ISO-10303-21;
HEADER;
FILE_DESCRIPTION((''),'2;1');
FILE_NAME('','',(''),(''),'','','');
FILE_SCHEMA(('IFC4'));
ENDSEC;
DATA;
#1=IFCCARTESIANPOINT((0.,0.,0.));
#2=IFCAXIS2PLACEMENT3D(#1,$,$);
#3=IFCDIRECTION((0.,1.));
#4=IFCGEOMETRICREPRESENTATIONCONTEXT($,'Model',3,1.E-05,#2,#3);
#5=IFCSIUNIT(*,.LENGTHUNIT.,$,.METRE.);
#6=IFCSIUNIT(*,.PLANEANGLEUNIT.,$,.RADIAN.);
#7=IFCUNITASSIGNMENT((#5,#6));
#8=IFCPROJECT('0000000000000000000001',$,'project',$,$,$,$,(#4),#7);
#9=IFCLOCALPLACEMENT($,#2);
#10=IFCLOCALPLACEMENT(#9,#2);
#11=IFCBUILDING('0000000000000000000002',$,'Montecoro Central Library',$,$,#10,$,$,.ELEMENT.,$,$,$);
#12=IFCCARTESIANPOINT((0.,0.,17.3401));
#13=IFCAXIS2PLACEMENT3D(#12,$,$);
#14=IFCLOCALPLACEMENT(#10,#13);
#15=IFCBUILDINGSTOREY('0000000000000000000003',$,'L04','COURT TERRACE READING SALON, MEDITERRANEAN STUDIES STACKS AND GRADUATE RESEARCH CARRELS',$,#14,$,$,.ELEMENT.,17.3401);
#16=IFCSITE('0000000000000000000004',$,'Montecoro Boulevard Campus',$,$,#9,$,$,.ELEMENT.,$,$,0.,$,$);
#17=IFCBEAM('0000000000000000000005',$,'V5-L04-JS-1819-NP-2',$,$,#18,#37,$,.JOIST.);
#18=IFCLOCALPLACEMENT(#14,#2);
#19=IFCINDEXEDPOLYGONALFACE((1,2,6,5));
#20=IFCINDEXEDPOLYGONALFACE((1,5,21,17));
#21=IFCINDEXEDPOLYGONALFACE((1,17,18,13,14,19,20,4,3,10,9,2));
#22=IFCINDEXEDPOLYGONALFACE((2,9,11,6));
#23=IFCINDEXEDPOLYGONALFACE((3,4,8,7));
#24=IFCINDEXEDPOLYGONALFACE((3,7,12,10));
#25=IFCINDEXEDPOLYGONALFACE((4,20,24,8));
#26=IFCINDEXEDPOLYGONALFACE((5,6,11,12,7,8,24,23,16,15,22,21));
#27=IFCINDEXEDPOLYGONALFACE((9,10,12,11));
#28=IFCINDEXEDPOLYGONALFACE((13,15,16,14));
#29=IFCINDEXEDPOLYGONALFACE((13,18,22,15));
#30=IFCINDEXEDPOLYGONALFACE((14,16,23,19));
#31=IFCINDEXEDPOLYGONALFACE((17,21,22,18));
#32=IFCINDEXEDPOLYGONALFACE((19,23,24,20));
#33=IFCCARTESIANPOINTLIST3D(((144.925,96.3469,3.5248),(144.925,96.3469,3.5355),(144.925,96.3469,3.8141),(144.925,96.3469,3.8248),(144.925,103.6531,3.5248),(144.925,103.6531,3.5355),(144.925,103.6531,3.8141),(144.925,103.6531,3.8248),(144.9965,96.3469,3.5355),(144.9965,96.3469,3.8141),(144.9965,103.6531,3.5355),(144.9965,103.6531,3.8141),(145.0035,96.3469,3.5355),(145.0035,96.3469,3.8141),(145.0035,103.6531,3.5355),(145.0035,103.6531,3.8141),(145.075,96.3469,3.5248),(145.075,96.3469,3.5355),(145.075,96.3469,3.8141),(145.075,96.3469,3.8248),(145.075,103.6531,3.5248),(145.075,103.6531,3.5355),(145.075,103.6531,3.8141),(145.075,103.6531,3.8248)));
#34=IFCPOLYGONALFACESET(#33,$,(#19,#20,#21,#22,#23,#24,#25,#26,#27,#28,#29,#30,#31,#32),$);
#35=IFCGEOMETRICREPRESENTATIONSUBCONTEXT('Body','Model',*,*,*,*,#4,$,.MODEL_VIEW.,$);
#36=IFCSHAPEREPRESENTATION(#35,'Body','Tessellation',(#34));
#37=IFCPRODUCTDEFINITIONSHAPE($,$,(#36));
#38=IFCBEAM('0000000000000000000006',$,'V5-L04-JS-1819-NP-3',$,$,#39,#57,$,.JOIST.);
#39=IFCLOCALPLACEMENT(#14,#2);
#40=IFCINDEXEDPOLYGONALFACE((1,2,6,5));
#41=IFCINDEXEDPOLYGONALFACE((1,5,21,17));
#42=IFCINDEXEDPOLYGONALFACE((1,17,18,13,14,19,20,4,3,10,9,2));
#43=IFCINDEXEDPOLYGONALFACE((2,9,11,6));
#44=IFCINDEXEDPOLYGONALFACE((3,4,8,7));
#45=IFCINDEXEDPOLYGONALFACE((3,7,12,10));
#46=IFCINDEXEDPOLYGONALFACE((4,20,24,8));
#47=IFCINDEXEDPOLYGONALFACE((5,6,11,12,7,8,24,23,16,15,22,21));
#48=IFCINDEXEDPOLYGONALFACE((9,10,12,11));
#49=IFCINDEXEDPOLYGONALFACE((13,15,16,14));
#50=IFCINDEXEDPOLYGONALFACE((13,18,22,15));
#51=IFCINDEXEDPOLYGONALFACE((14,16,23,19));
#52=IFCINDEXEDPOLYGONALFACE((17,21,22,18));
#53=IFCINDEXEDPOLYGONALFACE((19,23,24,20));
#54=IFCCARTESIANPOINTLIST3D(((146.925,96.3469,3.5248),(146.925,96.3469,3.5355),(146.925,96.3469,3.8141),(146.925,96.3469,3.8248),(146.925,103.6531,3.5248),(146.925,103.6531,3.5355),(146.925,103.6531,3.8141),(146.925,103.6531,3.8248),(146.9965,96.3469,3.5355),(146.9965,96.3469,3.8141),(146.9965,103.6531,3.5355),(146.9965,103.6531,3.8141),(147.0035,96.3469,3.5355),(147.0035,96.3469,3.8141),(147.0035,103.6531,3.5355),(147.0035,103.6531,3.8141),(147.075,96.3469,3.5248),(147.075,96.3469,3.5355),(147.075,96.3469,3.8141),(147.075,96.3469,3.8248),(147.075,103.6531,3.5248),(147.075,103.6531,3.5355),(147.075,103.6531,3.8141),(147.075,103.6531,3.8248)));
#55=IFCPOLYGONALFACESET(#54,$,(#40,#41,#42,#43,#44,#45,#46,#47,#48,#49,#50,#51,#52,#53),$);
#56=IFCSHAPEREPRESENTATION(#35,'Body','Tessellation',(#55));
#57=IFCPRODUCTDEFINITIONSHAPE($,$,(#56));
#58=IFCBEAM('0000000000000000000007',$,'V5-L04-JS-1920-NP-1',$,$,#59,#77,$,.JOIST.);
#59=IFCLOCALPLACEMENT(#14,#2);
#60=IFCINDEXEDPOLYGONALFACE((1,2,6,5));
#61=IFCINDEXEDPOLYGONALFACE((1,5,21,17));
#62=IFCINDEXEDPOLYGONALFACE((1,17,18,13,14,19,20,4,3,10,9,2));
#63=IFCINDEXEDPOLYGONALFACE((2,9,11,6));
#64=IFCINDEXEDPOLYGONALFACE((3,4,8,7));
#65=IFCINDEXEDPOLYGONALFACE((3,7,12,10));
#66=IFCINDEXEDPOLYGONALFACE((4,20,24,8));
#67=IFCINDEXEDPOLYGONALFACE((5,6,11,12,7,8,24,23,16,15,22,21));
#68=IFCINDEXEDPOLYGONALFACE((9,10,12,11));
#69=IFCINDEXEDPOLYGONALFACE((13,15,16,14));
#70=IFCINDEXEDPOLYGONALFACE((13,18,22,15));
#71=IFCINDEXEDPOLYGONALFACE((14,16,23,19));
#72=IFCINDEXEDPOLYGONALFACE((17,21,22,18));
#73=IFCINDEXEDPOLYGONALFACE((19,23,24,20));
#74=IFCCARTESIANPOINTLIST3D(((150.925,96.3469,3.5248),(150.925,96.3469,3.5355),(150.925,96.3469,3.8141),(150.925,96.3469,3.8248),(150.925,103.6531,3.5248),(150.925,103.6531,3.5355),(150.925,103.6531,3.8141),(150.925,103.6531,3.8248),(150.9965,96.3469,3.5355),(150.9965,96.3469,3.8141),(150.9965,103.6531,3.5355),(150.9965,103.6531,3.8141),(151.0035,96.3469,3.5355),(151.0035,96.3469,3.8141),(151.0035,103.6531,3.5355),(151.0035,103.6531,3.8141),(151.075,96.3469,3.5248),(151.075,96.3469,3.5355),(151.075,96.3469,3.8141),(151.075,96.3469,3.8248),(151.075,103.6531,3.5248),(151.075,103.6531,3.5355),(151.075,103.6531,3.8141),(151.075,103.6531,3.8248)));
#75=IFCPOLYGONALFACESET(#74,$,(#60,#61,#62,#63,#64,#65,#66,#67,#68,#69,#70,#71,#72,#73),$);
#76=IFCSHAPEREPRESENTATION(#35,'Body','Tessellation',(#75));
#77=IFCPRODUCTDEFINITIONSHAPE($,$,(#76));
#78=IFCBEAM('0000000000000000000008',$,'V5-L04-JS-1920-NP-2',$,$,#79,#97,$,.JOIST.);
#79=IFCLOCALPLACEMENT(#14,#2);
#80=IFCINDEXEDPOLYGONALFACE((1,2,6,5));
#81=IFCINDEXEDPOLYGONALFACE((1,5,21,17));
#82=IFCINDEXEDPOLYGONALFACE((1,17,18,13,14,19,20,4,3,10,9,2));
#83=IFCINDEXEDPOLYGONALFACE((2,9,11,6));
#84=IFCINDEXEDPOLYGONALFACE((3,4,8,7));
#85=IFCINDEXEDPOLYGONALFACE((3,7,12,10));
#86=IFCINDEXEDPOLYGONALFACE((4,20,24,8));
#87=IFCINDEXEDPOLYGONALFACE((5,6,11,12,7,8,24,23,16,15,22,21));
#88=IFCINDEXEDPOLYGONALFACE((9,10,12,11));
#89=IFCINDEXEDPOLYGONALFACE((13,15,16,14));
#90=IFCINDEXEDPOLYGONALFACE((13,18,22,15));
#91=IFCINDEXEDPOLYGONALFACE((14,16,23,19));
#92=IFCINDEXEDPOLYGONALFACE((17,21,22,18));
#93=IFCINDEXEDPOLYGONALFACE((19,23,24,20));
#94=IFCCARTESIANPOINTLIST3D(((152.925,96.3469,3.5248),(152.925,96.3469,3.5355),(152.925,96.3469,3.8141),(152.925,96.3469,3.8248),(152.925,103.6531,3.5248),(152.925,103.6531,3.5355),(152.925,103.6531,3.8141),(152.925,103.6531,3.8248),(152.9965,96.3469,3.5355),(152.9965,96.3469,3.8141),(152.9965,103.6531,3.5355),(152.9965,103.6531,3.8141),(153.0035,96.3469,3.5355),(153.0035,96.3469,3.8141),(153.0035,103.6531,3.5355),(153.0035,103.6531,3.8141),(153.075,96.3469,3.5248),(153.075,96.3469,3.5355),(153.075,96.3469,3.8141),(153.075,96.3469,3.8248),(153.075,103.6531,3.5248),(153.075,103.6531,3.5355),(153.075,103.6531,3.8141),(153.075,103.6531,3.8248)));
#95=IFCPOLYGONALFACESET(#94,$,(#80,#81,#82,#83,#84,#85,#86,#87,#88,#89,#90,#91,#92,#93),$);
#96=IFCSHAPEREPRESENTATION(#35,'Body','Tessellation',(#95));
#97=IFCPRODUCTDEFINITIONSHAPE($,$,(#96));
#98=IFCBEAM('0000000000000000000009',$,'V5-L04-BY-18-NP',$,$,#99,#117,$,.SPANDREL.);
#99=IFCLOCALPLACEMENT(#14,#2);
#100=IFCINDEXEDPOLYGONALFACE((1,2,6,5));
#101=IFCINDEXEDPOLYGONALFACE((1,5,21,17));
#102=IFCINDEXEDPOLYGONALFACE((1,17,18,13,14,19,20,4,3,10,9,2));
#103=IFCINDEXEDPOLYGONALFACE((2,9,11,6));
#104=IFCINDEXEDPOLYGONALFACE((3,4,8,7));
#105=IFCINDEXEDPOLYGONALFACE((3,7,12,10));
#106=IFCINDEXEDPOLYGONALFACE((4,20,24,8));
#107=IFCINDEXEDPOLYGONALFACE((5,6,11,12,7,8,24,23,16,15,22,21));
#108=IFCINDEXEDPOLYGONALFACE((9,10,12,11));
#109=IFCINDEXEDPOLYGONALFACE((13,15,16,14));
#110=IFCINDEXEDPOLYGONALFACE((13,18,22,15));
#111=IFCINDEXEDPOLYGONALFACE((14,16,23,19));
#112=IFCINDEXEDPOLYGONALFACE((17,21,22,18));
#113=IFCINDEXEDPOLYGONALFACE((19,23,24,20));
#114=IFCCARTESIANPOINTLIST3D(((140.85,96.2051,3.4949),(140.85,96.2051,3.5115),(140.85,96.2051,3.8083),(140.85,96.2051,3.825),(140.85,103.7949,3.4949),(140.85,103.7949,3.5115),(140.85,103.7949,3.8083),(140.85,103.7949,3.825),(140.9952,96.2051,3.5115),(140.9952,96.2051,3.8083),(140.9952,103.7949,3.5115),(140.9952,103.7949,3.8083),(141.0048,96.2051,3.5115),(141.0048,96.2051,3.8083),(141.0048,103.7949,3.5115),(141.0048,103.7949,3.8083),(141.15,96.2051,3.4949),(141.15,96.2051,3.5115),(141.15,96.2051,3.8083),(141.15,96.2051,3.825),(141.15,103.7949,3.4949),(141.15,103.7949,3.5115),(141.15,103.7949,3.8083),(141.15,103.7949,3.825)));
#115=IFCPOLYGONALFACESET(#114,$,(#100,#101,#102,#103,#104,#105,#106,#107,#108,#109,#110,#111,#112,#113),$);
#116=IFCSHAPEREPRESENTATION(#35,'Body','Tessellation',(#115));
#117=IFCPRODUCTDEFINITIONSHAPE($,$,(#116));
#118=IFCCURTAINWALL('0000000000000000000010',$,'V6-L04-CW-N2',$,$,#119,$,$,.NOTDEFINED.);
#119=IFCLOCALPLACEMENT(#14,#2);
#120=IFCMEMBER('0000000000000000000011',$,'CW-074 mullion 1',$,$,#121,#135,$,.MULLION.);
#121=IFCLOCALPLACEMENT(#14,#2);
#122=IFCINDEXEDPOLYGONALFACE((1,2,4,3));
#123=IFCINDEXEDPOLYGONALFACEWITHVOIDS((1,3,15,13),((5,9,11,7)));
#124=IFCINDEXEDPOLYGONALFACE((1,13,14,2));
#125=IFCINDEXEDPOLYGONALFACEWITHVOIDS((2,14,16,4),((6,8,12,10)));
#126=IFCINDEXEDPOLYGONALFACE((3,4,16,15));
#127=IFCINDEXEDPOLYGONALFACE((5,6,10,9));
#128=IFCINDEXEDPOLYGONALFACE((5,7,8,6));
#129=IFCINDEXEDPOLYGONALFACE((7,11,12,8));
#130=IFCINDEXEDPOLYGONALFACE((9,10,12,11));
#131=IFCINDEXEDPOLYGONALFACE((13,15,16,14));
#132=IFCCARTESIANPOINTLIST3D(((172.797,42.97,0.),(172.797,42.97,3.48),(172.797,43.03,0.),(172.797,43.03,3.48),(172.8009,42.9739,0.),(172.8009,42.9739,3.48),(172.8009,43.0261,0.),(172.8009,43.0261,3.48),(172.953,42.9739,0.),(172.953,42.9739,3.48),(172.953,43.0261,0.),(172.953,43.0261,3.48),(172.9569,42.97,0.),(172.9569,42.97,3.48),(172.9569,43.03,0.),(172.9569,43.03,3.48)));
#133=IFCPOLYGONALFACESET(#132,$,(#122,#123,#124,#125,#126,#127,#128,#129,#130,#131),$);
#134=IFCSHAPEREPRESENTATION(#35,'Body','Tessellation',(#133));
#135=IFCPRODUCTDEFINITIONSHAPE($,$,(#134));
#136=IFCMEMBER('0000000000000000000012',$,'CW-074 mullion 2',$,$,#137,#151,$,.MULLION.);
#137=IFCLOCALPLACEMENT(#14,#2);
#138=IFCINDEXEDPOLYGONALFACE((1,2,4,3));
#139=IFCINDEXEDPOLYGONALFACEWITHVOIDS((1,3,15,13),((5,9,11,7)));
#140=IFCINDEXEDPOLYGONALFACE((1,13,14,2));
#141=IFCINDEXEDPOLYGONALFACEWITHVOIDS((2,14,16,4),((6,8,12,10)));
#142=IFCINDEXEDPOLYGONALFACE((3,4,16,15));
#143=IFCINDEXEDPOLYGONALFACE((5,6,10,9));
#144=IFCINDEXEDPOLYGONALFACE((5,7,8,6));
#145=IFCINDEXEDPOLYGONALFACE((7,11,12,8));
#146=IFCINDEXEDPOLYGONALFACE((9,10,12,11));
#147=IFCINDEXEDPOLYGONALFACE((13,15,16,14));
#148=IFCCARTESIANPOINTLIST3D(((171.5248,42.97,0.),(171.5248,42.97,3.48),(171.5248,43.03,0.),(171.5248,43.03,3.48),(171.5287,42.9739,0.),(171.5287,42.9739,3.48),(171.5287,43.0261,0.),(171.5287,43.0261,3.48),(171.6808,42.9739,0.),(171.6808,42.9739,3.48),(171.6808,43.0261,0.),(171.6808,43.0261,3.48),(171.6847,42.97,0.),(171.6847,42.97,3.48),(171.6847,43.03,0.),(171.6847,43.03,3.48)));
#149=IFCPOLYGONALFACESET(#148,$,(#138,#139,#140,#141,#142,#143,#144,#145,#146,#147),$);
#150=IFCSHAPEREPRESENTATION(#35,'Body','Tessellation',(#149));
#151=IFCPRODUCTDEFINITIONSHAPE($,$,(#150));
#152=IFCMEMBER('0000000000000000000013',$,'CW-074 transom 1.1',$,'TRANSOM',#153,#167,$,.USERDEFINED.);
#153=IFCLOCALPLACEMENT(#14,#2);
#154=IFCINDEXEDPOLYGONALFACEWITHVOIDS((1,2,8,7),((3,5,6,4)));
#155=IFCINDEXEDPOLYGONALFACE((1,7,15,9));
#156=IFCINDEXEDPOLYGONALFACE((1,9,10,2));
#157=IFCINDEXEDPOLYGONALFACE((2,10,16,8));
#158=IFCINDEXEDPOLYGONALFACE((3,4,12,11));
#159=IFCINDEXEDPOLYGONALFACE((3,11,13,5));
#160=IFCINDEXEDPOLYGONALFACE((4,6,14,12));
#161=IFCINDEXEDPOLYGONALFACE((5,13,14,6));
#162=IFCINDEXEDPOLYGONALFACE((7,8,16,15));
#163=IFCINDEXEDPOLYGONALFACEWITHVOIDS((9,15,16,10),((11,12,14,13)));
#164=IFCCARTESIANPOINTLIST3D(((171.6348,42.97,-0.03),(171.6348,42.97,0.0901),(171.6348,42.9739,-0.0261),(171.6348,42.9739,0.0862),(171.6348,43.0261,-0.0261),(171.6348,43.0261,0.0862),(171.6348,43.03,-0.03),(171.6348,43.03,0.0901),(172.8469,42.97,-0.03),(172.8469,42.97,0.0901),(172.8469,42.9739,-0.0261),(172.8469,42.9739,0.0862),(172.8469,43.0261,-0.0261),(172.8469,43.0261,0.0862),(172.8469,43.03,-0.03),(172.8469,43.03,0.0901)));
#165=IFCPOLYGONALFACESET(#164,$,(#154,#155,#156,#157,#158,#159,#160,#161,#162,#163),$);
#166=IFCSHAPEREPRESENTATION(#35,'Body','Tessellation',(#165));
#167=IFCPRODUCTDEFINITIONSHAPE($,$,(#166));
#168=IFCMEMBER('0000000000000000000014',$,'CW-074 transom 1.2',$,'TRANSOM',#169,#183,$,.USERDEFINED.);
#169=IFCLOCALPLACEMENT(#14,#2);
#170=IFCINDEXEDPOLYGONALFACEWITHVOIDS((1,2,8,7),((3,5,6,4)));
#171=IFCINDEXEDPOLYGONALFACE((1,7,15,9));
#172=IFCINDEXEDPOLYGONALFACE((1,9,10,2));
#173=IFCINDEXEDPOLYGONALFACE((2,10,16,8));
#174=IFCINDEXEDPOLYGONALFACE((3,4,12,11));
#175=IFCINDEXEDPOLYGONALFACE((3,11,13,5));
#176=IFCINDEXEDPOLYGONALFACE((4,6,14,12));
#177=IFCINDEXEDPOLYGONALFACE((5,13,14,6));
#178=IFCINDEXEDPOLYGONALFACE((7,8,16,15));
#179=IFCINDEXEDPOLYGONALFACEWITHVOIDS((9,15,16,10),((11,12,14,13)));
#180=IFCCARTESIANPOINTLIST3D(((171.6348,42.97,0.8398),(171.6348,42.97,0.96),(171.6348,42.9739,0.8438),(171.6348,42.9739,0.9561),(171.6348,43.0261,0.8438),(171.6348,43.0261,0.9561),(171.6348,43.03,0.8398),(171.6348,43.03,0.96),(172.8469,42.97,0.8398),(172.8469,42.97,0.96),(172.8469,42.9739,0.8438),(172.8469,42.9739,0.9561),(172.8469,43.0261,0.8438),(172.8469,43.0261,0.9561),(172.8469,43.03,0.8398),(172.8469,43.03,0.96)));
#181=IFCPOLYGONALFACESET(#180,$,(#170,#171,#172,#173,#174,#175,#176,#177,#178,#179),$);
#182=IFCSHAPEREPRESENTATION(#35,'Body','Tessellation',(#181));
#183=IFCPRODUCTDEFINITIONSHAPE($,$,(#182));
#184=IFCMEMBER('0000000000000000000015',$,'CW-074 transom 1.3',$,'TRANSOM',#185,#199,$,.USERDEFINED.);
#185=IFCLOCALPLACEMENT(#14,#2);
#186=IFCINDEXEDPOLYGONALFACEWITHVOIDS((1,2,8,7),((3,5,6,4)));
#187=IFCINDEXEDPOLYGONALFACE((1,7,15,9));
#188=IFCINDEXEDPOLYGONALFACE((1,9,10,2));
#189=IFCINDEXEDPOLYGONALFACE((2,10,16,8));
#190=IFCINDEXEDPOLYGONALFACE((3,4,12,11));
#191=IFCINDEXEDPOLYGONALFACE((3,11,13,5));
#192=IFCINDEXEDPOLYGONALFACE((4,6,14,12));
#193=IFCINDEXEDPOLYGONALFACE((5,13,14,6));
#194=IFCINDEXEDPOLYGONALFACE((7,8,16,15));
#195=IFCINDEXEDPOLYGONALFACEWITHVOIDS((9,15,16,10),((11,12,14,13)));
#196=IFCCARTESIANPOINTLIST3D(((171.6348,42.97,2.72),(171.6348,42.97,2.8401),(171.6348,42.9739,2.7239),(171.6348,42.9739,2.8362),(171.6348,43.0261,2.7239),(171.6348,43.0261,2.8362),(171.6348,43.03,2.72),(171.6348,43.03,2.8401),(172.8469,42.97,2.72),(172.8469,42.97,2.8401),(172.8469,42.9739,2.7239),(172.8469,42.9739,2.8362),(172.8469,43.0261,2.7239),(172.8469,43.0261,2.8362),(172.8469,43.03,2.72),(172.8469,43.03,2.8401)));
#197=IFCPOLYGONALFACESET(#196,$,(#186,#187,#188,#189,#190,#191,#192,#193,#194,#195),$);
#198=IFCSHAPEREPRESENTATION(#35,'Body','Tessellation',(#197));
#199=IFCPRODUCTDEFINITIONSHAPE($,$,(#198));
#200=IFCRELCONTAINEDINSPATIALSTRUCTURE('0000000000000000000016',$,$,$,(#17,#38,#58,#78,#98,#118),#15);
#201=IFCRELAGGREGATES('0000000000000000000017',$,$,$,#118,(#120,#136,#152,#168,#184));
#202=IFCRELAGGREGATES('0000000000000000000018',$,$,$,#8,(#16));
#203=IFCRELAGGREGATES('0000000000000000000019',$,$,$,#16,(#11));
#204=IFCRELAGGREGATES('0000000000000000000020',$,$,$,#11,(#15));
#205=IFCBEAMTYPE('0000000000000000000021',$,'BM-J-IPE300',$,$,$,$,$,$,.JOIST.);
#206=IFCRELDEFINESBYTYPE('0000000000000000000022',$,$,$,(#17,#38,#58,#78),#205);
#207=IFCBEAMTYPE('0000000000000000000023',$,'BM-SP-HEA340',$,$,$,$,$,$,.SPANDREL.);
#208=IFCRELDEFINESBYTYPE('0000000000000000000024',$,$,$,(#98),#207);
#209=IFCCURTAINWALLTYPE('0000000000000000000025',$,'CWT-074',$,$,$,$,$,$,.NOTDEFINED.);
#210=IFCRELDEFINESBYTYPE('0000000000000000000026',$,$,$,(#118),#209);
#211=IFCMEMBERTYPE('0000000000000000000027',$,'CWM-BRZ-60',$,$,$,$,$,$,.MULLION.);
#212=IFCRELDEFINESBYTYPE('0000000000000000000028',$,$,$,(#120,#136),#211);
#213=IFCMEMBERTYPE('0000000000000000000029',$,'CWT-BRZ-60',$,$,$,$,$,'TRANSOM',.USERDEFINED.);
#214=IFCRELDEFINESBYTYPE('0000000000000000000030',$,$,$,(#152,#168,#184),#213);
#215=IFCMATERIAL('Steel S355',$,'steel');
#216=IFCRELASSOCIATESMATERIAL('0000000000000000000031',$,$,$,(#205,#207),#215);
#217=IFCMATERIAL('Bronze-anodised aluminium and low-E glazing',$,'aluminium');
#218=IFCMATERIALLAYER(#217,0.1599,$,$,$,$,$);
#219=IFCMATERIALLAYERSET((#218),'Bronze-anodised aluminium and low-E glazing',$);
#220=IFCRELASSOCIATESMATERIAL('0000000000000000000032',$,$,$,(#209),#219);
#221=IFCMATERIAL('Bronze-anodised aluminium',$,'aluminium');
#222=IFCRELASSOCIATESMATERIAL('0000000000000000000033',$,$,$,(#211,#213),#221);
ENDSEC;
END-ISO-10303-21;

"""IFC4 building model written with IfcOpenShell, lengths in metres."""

from ifc_helpers import new_model, si_unit, direction, frame, origin, origin_2d, place, context, subcontext, project, spatial, hollow_rectangle, i_section, extrude, material, layer, layer_set, material_profile, profile_set, type_object, element, aggregate, save


model = new_model("IFC4")

# Units and contexts
model_context = context("Model", 3, precision=1e-05, world=origin(), true_north=direction((0.0, 1.0)))
body_context = subcontext(model_context, "Body", "Model", "MODEL_VIEW")
ifc_project = project(units=[si_unit("LENGTHUNIT", "METRE"), si_unit("PLANEANGLEUNIT", "RADIAN")], contexts=[model_context])

# Site, building, storey
site_placement = place(None, origin())
site = spatial("IfcSite", under=ifc_project, at=site_placement, Name="Montecoro Boulevard Campus", CompositionType="ELEMENT", RefElevation=0.0)
building_placement = place(site_placement, origin())
building = spatial("IfcBuilding", under=site, at=building_placement, Name="Montecoro Central Library", CompositionType="ELEMENT")
storey_placement = place(building_placement, frame((0.0, 0.0, 17.3401)))
storey = spatial("IfcBuildingStorey", under=building, at=storey_placement, Name="L04", Description="COURT TERRACE READING SALON, MEDITERRANEAN STUDIES STACKS AND GRADUATE RESEARCH CARRELS", CompositionType="ELEMENT", Elevation=17.3401)

# Shared definitions
ifc_material_1 = material(Name="Steel S355", Category="steel")

# Beams
ifc_material_profile_1 = material_profile(ifc_material_1, i_section(OverallWidth=0.1499, OverallDepth=0.3, WebThickness=0.0071, FlangeThickness=0.0107, at=origin_2d()), Name="IPE 300")
ifc_profile_set_1 = profile_set([ifc_material_profile_1], Name="Steel S355")
beam_type_1 = type_object("IfcBeamType", Name="BM-J-IPE300", PredefinedType="JOIST", material=ifc_profile_set_1)
for number, where, z_axis, x_axis, name in (
    (1, (145.0, 96.3469, 3.6748), (0.0, 1.0, 0.0), (-1.0, 0.0, 0.0), "V5-L04-JS-1819-NP-2"),
    (2, (147.0, 96.3469, 3.6748), (0.0, 1.0, 0.0), (-1.0, 0.0, 0.0), "V5-L04-JS-1819-NP-3"),
    (3, (151.0, 96.3469, 3.6748), (0.0, 1.0, 0.0), (-1.0, 0.0, 0.0), "V5-L04-JS-1920-NP-1"),
    (4, (153.0, 96.3469, 3.6748), (0.0, 1.0, 0.0), (-1.0, 0.0, 0.0), "V5-L04-JS-1920-NP-2"),
):
    element("IfcBeam", number, at=place(storey_placement, frame(where, z_axis=z_axis, x_axis=x_axis)), inside=storey, type_object=beam_type_1, Name=name, PredefinedType="JOIST", context=body_context, shape_type="SweptSolid", body=[
        extrude(i_section(OverallWidth=0.1499, OverallDepth=0.3, WebThickness=0.0071, FlangeThickness=0.0107, at=origin_2d()), origin(), (0.0, 0.0, 1.0), 7.3062),
    ])
ifc_material_profile_2 = material_profile(ifc_material_1, i_section(OverallWidth=0.3, OverallDepth=0.3301, WebThickness=0.0095, FlangeThickness=0.0166, at=origin_2d()), Name="HEA 340")
ifc_profile_set_2 = profile_set([ifc_material_profile_2], Name="Steel S355")
beam_type_2 = type_object("IfcBeamType", Name="BM-SP-HEA340", PredefinedType="SPANDREL", material=ifc_profile_set_2)
beam_placement = place(storey_placement, frame((141.0, 96.2051, 3.6599), z_axis=(0.0, 1.0, 0.0), x_axis=(-1.0, 0.0, 0.0)))
element("IfcBeam", 5, at=beam_placement, inside=storey, type_object=beam_type_2, Name="V5-L04-BY-18-NP", PredefinedType="SPANDREL", context=body_context, shape_type="SweptSolid", body=[
    extrude(i_section(OverallWidth=0.3, OverallDepth=0.3301, WebThickness=0.0095, FlangeThickness=0.0166, at=origin_2d()), origin(), (0.0, 0.0, 1.0), 7.5898),
])

# Curtain wall, members
ifc_material_2 = material(Name="Bronze-anodised aluminium and low-E glazing", Category="aluminium")
ifc_layer_1 = layer(ifc_material_2, 0.1599)
ifc_layer_set_1 = layer_set([ifc_layer_1], Name="Bronze-anodised aluminium and low-E glazing")
curtain_wall_type = type_object("IfcCurtainWallType", Name="CWT-074", PredefinedType="NOTDEFINED", material=ifc_layer_set_1)
curtain_wall_placement = place(storey_placement, origin())
curtain_wall = element("IfcCurtainWall", 6, at=curtain_wall_placement, inside=storey, type_object=curtain_wall_type, Name="V6-L04-CW-N2", PredefinedType="NOTDEFINED")
ifc_material_3 = material(Name="Bronze-anodised aluminium", Category="aluminium")
ifc_material_profile_3 = material_profile(ifc_material_3, hollow_rectangle(XDim=0.0601, YDim=0.1599, WallThickness=0.0039, at=origin_2d()), Name="CWM 160x60x4.0")
ifc_profile_set_3 = profile_set([ifc_material_profile_3], Name="Bronze-anodised aluminium")
member_type_1 = type_object("IfcMemberType", Name="CWM-BRZ-60", PredefinedType="MULLION", material=ifc_profile_set_3)
member_1_placement = place(storey_placement, frame((172.877, 43.0, 0.0), z_axis=(0.0, 0.0, 1.0), x_axis=(0.0, -1.0, 0.0)))
member_1 = element("IfcMember", 7, at=member_1_placement, type_object=member_type_1, Name="CW-074 mullion 1", PredefinedType="MULLION", context=body_context, shape_type="SweptSolid", body=[
    extrude(hollow_rectangle(XDim=0.0601, YDim=0.1599, WallThickness=0.0039, at=origin_2d()), origin(), (0.0, 0.0, 1.0), 3.48),
])
member_2_placement = place(storey_placement, frame((171.6047, 43.0, 0.0), z_axis=(0.0, 0.0, 1.0), x_axis=(0.0, -1.0, 0.0)))
member_2 = element("IfcMember", 8, at=member_2_placement, type_object=member_type_1, Name="CW-074 mullion 2", PredefinedType="MULLION", context=body_context, shape_type="SweptSolid", body=[
    extrude(hollow_rectangle(XDim=0.0601, YDim=0.1599, WallThickness=0.0039, at=origin_2d()), origin(), (0.0, 0.0, 1.0), 3.48),
])
ifc_material_profile_4 = material_profile(ifc_material_3, hollow_rectangle(XDim=0.0601, YDim=0.1201, WallThickness=0.0039, at=origin_2d()), Name="CWT 120x60x4.0")
ifc_profile_set_4 = profile_set([ifc_material_profile_4], Name="Bronze-anodised aluminium")
member_type_2 = type_object("IfcMemberType", Name="CWT-BRZ-60", ElementType="TRANSOM", PredefinedType="USERDEFINED", material=ifc_profile_set_4)
member_3_placement = place(storey_placement, frame((172.8469, 43.0, 0.03), z_axis=(-1.0, 0.0, 0.0), x_axis=(0.0, -1.0, 0.0)))
member_3 = element("IfcMember", 9, at=member_3_placement, type_object=member_type_2, Name="CW-074 transom 1.1", ObjectType="TRANSOM", PredefinedType="USERDEFINED", context=body_context, shape_type="SweptSolid", body=[
    extrude(hollow_rectangle(XDim=0.0601, YDim=0.1201, WallThickness=0.0039, at=origin_2d()), origin(), (0.0, 0.0, 1.0), 1.2122),
])
member_4_placement = place(storey_placement, frame((172.8469, 43.0, 0.8999), z_axis=(-1.0, 0.0, 0.0), x_axis=(0.0, -1.0, 0.0)))
member_4 = element("IfcMember", 10, at=member_4_placement, type_object=member_type_2, Name="CW-074 transom 1.2", ObjectType="TRANSOM", PredefinedType="USERDEFINED", context=body_context, shape_type="SweptSolid", body=[
    extrude(hollow_rectangle(XDim=0.0601, YDim=0.1201, WallThickness=0.0039, at=origin_2d()), origin(), (0.0, 0.0, 1.0), 1.2122),
])
member_5_placement = place(storey_placement, frame((172.8469, 43.0, 2.78), z_axis=(-1.0, 0.0, 0.0), x_axis=(0.0, -1.0, 0.0)))
member_5 = element("IfcMember", 11, at=member_5_placement, type_object=member_type_2, Name="CW-074 transom 1.3", ObjectType="TRANSOM", PredefinedType="USERDEFINED", context=body_context, shape_type="SweptSolid", body=[
    extrude(hollow_rectangle(XDim=0.0601, YDim=0.1201, WallThickness=0.0039, at=origin_2d()), origin(), (0.0, 0.0, 1.0), 1.2122),
])
aggregate(curtain_wall, [member_1, member_2, member_3, member_4, member_5])

save(model, "model.ifc")
